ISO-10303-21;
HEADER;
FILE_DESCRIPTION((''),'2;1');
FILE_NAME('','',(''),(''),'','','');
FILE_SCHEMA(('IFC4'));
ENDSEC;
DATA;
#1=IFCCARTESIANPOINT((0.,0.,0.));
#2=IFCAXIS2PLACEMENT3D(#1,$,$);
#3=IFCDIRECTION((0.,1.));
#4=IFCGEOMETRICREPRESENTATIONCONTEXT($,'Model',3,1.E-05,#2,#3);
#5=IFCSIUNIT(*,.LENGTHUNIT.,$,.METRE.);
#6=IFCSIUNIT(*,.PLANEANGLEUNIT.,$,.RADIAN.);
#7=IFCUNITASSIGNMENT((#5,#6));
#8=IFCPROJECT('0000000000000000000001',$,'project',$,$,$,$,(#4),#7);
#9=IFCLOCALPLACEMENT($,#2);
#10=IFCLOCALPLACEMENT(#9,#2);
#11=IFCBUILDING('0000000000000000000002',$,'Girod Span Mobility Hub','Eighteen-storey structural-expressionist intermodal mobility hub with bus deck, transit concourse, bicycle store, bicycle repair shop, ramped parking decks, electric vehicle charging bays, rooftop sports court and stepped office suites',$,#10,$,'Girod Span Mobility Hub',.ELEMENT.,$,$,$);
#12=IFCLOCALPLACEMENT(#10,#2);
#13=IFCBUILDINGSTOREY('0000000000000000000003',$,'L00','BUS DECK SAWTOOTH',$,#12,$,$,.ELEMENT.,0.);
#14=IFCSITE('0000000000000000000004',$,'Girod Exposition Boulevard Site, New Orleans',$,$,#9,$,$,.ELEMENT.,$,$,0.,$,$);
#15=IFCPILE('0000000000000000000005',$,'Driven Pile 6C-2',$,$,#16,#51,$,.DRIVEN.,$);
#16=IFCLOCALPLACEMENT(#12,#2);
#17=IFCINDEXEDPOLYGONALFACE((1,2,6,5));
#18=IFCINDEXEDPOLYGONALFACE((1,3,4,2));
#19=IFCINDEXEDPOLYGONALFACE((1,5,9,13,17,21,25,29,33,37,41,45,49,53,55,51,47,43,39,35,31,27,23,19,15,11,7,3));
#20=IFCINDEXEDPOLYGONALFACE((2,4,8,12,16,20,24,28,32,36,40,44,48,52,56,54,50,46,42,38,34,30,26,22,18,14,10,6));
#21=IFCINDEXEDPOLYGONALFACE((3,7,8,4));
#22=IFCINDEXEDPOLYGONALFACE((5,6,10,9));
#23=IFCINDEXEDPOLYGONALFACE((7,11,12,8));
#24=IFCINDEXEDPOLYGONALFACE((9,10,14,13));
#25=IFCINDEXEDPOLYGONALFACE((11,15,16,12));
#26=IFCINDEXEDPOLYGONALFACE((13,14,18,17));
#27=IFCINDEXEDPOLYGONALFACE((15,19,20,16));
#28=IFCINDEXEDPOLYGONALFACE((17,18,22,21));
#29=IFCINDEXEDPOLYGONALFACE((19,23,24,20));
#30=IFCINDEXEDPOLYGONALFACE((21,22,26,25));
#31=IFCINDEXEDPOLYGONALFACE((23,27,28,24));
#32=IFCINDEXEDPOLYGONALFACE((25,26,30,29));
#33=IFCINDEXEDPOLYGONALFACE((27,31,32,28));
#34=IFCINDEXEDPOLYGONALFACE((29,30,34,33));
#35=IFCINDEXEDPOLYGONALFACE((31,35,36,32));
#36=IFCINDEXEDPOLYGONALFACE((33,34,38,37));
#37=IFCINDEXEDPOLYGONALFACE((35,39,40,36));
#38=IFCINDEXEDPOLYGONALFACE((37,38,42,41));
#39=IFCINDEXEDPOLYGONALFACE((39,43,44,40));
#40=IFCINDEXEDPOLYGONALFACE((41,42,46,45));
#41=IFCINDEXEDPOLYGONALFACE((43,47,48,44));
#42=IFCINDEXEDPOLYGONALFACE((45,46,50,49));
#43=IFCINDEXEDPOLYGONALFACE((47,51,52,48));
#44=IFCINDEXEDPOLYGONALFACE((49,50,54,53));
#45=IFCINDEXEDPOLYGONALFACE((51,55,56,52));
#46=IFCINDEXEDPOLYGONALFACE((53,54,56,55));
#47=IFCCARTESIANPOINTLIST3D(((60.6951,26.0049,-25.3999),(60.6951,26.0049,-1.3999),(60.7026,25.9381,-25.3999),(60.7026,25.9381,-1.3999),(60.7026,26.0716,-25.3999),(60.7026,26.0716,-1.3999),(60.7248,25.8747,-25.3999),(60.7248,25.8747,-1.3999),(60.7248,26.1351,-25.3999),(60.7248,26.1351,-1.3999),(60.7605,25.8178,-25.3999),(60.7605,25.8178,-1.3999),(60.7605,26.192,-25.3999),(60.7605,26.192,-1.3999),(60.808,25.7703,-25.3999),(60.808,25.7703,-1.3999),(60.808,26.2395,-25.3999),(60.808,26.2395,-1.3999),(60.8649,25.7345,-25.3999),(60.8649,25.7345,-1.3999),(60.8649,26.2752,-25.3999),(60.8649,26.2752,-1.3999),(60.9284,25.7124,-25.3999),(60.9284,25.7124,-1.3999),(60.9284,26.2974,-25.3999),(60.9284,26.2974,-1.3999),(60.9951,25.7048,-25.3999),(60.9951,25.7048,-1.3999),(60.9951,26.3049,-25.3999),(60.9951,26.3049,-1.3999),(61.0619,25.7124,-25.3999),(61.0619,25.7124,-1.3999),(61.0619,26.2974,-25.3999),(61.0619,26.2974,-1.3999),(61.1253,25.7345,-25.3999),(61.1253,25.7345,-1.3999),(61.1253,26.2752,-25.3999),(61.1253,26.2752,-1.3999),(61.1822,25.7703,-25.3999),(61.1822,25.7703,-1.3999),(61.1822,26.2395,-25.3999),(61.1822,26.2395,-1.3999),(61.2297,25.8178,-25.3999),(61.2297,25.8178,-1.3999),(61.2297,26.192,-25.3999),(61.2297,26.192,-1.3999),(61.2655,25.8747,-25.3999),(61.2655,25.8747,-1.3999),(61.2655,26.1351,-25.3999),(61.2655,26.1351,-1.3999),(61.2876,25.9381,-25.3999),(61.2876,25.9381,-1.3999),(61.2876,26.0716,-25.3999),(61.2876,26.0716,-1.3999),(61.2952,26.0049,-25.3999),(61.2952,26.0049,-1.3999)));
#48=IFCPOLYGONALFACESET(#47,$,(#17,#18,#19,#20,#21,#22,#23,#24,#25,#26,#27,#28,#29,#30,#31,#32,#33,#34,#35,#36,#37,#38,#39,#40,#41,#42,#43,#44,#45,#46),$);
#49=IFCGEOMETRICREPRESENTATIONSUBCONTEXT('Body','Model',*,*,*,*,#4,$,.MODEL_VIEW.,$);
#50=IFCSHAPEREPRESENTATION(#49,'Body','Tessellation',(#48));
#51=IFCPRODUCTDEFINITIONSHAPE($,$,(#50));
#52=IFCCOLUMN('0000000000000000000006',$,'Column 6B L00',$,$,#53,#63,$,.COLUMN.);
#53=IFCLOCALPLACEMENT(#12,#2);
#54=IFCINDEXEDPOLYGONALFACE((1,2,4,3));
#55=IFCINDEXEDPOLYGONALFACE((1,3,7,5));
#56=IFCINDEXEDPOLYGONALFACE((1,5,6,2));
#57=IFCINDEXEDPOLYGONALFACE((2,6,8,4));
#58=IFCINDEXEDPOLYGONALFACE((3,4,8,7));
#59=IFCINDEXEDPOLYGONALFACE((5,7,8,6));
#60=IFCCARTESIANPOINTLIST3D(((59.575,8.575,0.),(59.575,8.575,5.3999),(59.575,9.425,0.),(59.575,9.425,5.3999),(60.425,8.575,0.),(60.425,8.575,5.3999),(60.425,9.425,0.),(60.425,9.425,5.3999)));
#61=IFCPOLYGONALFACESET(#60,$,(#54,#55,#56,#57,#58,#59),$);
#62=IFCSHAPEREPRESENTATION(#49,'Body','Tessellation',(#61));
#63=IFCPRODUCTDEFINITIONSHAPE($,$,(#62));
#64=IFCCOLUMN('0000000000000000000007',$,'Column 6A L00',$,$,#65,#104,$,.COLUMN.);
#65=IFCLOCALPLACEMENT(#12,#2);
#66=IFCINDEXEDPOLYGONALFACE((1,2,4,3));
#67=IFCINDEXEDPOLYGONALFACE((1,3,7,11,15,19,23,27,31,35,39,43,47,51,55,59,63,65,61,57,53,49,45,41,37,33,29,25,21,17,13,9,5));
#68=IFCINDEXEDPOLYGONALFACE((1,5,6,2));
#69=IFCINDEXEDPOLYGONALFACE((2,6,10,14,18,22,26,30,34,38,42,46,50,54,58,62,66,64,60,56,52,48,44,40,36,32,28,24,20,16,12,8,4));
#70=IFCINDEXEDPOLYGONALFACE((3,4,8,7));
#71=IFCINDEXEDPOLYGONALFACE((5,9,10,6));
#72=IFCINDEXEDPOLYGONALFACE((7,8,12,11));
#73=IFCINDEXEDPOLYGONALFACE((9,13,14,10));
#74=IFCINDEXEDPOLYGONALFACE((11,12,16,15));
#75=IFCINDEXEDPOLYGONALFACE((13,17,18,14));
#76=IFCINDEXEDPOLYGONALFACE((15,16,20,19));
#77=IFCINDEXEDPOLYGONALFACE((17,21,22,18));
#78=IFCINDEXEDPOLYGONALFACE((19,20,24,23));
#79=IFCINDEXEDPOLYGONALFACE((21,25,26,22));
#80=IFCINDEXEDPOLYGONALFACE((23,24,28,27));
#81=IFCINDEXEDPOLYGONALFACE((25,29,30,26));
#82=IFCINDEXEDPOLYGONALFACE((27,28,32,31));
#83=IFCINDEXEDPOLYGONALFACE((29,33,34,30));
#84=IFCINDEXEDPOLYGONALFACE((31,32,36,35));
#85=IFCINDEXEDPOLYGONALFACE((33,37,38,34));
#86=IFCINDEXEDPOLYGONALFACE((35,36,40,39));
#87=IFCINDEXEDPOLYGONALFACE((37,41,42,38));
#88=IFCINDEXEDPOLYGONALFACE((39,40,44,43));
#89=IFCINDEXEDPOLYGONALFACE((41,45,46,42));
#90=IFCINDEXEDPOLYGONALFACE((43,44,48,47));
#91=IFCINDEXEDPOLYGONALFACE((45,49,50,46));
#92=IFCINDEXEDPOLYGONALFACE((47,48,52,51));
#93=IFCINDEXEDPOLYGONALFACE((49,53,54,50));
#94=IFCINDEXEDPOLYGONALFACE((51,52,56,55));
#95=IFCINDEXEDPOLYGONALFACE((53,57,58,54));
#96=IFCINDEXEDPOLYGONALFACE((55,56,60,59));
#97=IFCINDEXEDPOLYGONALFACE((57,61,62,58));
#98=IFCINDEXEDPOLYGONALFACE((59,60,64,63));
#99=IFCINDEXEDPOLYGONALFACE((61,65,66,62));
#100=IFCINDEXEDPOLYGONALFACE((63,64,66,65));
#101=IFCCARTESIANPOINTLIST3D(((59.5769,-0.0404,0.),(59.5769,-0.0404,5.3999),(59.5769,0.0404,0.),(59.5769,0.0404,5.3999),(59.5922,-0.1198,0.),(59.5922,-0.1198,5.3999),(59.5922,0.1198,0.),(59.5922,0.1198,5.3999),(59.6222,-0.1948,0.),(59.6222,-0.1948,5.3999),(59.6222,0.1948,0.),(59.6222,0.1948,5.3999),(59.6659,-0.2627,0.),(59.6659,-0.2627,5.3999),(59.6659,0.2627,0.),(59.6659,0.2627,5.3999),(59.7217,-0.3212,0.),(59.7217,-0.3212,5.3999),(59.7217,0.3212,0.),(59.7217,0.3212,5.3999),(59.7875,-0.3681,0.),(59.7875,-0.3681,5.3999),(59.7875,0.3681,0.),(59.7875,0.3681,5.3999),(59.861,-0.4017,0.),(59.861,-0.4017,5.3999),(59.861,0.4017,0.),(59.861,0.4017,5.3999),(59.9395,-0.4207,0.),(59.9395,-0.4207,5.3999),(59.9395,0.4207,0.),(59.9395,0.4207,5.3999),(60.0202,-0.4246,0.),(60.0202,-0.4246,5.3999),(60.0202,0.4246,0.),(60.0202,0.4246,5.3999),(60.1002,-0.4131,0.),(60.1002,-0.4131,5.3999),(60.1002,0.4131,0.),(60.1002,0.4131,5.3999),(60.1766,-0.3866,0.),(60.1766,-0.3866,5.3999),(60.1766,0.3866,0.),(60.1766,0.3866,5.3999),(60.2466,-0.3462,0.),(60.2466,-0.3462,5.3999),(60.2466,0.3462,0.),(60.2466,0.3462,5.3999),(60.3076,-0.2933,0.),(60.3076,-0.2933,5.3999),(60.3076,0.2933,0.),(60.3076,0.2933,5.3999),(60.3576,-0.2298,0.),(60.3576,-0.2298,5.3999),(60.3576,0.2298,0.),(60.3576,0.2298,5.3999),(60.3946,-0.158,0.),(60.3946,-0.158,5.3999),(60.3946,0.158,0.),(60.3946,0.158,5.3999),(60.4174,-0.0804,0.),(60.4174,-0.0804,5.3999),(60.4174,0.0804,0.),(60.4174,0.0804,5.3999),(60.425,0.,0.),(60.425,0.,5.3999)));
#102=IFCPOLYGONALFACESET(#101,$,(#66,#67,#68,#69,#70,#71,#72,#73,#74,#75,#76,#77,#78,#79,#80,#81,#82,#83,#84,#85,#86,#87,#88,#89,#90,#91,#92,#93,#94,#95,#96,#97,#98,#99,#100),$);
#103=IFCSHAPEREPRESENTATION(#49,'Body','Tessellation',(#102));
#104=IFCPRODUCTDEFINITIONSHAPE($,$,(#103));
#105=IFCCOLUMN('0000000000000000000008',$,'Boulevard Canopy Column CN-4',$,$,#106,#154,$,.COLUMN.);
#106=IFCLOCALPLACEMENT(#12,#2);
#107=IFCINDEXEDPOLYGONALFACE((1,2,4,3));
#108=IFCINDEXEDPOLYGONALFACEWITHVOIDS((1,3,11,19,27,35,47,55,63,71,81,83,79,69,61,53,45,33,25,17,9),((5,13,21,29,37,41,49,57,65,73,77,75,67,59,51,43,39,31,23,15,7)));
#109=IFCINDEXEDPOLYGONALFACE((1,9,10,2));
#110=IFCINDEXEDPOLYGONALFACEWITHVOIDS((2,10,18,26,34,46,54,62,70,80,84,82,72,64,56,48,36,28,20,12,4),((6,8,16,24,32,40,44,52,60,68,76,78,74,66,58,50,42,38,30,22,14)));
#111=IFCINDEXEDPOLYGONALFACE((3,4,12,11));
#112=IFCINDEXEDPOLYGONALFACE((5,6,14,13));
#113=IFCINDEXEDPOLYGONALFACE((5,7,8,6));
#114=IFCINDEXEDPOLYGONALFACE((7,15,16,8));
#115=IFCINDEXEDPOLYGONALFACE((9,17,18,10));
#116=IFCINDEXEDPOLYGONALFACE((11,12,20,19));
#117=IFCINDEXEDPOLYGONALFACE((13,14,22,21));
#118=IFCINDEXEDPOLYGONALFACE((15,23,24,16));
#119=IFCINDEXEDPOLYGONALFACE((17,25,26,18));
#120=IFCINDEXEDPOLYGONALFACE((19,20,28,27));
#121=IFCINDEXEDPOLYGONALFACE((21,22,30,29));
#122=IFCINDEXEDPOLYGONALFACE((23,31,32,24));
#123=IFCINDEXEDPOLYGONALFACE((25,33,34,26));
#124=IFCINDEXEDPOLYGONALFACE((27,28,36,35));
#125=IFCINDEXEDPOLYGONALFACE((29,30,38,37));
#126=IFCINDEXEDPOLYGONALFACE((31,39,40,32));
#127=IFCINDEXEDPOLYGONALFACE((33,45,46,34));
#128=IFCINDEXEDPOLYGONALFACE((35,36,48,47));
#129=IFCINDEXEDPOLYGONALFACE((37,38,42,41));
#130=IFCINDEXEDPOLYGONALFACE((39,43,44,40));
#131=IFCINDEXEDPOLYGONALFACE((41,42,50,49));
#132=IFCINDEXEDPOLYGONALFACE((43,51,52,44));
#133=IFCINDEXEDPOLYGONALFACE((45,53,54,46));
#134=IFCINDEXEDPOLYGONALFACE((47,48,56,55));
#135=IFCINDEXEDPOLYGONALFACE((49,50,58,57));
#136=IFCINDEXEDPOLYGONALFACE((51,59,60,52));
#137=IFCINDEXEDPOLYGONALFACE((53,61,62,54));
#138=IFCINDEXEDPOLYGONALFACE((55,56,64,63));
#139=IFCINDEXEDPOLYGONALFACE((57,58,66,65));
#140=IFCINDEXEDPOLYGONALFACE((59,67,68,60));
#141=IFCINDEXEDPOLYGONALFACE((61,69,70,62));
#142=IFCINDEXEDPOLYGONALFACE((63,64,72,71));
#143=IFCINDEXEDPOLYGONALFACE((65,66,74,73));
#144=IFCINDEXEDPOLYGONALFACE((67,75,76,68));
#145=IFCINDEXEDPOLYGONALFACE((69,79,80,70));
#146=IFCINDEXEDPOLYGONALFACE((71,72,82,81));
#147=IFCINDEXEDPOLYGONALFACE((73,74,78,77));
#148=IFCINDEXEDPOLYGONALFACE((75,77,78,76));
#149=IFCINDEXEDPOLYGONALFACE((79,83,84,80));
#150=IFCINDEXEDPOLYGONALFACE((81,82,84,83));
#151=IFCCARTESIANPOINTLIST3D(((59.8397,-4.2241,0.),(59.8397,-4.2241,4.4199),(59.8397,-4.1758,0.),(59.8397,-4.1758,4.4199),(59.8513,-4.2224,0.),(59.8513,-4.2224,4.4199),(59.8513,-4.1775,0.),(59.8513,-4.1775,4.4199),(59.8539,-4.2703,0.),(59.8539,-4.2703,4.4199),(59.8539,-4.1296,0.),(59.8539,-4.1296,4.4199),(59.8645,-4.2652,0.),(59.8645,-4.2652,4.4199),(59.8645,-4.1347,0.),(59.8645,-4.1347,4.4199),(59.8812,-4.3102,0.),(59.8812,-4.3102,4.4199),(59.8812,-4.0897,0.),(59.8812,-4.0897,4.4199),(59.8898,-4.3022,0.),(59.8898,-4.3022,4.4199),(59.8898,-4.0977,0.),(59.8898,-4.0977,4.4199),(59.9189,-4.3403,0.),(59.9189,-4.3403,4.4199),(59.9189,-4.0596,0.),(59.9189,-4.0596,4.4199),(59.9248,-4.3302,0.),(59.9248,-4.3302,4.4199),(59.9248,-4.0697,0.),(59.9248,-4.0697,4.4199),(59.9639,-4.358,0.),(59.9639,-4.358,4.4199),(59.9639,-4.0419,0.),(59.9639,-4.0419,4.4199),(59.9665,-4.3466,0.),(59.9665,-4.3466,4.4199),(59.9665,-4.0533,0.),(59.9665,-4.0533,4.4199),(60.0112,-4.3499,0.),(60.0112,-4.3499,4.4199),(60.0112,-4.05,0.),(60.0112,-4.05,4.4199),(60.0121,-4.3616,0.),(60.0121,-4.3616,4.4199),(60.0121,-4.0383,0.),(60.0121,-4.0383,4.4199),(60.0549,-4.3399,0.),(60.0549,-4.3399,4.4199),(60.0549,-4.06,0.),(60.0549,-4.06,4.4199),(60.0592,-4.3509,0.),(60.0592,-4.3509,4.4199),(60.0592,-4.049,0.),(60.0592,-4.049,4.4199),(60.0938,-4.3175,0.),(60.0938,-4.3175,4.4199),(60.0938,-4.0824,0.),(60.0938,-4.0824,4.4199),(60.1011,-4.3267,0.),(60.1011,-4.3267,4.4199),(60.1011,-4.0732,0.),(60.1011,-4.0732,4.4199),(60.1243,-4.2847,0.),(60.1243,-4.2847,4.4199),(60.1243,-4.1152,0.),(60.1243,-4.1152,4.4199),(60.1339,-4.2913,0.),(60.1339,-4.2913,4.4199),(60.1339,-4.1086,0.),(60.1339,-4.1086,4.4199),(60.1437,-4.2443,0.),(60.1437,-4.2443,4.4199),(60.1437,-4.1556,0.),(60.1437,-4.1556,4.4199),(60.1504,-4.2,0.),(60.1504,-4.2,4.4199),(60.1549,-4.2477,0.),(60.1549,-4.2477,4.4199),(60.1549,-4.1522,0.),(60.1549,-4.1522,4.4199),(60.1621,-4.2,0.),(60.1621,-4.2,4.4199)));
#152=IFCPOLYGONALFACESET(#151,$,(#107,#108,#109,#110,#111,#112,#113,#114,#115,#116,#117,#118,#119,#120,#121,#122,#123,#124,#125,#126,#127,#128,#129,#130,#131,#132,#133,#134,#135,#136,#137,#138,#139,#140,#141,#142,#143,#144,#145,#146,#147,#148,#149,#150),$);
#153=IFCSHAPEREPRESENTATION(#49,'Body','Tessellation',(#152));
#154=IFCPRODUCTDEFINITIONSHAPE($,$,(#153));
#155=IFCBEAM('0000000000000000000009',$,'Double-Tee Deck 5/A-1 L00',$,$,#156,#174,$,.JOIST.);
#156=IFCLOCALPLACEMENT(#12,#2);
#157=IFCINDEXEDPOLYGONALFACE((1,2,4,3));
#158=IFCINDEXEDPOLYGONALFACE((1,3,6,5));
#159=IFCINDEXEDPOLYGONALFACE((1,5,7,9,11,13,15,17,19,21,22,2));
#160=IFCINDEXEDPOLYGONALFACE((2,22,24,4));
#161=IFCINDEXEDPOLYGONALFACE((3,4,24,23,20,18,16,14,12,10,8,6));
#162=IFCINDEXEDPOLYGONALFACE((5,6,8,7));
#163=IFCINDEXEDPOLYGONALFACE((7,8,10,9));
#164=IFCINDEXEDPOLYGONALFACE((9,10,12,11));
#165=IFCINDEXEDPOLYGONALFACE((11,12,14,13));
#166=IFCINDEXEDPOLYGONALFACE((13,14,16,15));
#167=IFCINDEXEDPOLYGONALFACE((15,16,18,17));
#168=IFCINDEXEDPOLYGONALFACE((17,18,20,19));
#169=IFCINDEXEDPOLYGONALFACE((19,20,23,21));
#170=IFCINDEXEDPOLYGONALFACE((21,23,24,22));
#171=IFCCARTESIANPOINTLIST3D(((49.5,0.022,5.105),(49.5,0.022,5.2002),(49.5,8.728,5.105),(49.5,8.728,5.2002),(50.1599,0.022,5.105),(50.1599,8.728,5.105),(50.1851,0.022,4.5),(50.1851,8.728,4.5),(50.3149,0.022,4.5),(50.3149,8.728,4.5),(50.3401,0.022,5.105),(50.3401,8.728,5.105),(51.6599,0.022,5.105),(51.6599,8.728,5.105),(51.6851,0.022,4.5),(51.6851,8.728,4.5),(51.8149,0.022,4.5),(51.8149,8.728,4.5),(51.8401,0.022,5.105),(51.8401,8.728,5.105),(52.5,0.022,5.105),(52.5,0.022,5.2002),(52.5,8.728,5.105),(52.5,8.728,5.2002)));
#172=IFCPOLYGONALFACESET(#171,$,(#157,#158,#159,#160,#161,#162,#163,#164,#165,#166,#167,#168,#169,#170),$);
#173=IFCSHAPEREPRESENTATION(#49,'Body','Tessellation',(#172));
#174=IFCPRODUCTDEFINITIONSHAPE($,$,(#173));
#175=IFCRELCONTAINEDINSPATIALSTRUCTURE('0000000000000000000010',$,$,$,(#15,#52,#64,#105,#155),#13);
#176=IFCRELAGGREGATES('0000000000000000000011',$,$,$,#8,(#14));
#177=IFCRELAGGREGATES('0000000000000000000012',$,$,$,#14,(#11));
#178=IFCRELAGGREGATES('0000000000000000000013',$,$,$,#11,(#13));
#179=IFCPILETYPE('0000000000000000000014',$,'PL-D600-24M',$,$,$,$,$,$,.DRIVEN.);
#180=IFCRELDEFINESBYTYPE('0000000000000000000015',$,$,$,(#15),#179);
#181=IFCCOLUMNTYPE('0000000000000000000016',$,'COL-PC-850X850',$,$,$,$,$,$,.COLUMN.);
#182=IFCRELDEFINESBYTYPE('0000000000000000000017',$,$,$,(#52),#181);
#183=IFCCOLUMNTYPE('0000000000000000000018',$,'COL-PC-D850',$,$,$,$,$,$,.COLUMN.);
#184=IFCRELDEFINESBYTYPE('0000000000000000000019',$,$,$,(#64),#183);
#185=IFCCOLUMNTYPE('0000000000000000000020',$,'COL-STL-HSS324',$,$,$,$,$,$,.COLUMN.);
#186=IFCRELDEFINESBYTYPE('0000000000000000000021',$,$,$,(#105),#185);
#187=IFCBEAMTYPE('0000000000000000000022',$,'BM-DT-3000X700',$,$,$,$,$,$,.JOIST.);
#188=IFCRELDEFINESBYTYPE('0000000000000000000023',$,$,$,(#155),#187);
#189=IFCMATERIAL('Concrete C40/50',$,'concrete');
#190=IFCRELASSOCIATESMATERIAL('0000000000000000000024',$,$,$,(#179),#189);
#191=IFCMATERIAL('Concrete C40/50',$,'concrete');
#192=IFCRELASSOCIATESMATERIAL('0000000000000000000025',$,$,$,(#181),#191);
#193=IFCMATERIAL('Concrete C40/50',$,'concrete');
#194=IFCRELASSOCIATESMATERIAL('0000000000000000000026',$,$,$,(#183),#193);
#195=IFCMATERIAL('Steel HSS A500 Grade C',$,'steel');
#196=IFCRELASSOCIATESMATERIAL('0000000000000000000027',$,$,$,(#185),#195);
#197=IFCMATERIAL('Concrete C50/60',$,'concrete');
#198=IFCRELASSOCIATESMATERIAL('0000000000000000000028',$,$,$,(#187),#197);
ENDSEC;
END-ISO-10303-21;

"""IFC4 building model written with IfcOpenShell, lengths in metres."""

from ifc_helpers import new_model, si_unit, direction, frame, origin, origin_2d, place, context, subcontext, project, spatial, polyline, rectangle, circle, hollow_circle, outline, extrude, material, material_profile, profile_set, type_object, element, save


model = new_model("IFC4")

# Units and contexts
model_context = context("Model", 3, precision=1e-05, world=origin(), true_north=direction((0.0, 1.0)))
body_context = subcontext(model_context, "Body", "Model", "MODEL_VIEW")
ifc_project = project(units=[si_unit("LENGTHUNIT", "METRE"), si_unit("PLANEANGLEUNIT", "RADIAN")], contexts=[model_context])

# Site, building, storey
site_placement = place(None, origin())
site = spatial("IfcSite", under=ifc_project, at=site_placement, Name="Girod Exposition Boulevard Site, New Orleans", CompositionType="ELEMENT", RefElevation=0.0)
building_placement = place(site_placement, origin())
building = spatial("IfcBuilding", under=site, at=building_placement, Name="Girod Span Mobility Hub", Description="Eighteen-storey structural-expressionist intermodal mobility hub with bus deck, transit concourse, bicycle store, bicycle repair shop, ramped parking decks, electric vehicle charging bays, rooftop sports court and stepped office suites", LongName="Girod Span Mobility Hub", CompositionType="ELEMENT")
storey_placement = place(building_placement, origin())
storey = spatial("IfcBuildingStorey", under=building, at=storey_placement, Name="L00", Description="BUS DECK SAWTOOTH", CompositionType="ELEMENT", Elevation=0.0)

# Pile
ifc_material_1 = material(Name="Concrete C40/50", Category="concrete")
ifc_material_profile_1 = material_profile(ifc_material_1, circle(Radius=0.3, at=origin_2d()), Name="PILE-D600")
ifc_profile_set_1 = profile_set([ifc_material_profile_1], Name="Concrete C40/50")
pile_type_1 = type_object("IfcPileType", Name="PL-D600-24M", PredefinedType="DRIVEN", material=ifc_profile_set_1)
for number, where, z_axis, x_axis, name in (
    (1, (60.9951, 26.0049, -1.3999), (0.0, 0.0, -1.0), (1.0, 0.0, 0.0), "Driven Pile 6C-2"),
):
    element("IfcPile", number, at=place(storey_placement, frame(where, z_axis=z_axis, x_axis=x_axis)), inside=storey, type_object=pile_type_1, Name=name, PredefinedType="DRIVEN", context=body_context, shape_type="SweptSolid", body=[
        extrude(circle(Radius=0.3, at=origin_2d()), origin(), (0.0, 0.0, 1.0), 24.0),
    ])

# Columns
ifc_material_2 = material(Name="Concrete C40/50", Category="concrete")
ifc_material_profile_2 = material_profile(ifc_material_2, rectangle(XDim=0.8501, YDim=0.8501, at=origin_2d()), Name="PC-COL-850X850")
ifc_profile_set_2 = profile_set([ifc_material_profile_2], Name="Concrete C40/50")
column_type_1 = type_object("IfcColumnType", Name="COL-PC-850X850", PredefinedType="COLUMN", material=ifc_profile_set_2)
column_1_placement = place(storey_placement, frame((60.0, 9.0, 0.0), z_axis=(0.0, 0.0, 1.0), x_axis=(1.0, 0.0, 0.0)))
element("IfcColumn", 2, at=column_1_placement, inside=storey, type_object=column_type_1, Name="Column 6B L00", PredefinedType="COLUMN", context=body_context, shape_type="SweptSolid", body=[
    extrude(rectangle(XDim=0.8501, YDim=0.8501, at=origin_2d()), origin(), (0.0, 0.0, 1.0), 5.3999),
])
ifc_material_3 = material(Name="Concrete C40/50", Category="concrete")
ifc_material_profile_3 = material_profile(ifc_material_3, circle(Radius=0.425, at=origin_2d()), Name="PC-CIR-D850")
ifc_profile_set_3 = profile_set([ifc_material_profile_3], Name="Concrete C40/50")
column_type_2 = type_object("IfcColumnType", Name="COL-PC-D850", PredefinedType="COLUMN", material=ifc_profile_set_3)
column_2_placement = place(storey_placement, frame((60.0, 0.0, 0.0), z_axis=(0.0, 0.0, 1.0), x_axis=(1.0, 0.0, 0.0)))
element("IfcColumn", 3, at=column_2_placement, inside=storey, type_object=column_type_2, Name="Column 6A L00", PredefinedType="COLUMN", context=body_context, shape_type="SweptSolid", body=[
    extrude(circle(Radius=0.425, at=origin_2d()), origin(), (0.0, 0.0, 1.0), 5.3999),
])
ifc_material_4 = material(Name="Steel HSS A500 Grade C", Category="steel")
ifc_material_profile_4 = material_profile(ifc_material_4, hollow_circle(Radius=0.1621, WallThickness=0.0117, at=origin_2d()), Name="HSS324X12.7")
ifc_profile_set_4 = profile_set([ifc_material_profile_4], Name="Steel HSS A500 Grade C")
column_type_3 = type_object("IfcColumnType", Name="COL-STL-HSS324", PredefinedType="COLUMN", material=ifc_profile_set_4)
column_3_placement = place(storey_placement, frame((60.0, -4.2, 0.0), z_axis=(0.0, 0.0, 1.0), x_axis=(1.0, 0.0, 0.0)))
element("IfcColumn", 4, at=column_3_placement, inside=storey, type_object=column_type_3, Name="Boulevard Canopy Column CN-4", PredefinedType="COLUMN", context=body_context, shape_type="SweptSolid", body=[
    extrude(hollow_circle(Radius=0.1621, WallThickness=0.0117, at=origin_2d()), origin(), (0.0, 0.0, 1.0), 4.4199),
])

# Beam
ifc_material_5 = material(Name="Concrete C50/60", Category="concrete")
ifc_material_profile_5 = material_profile(ifc_material_5, outline(polyline([(-1.5, 0.3501), (-1.5, 0.2549), (-0.8401, 0.2549), (-0.8149, -0.3501), (-0.6851, -0.3501), (-0.6599, 0.2549), (0.6599, 0.2549), (0.6851, -0.3501), (0.8149, -0.3501), (0.8401, 0.2549), (1.5, 0.2549), (1.5, 0.3501), (-1.5, 0.3501)])), Name="DT-3000X700")
ifc_profile_set_5 = profile_set([ifc_material_profile_5], Name="Concrete C50/60")
beam_type_1 = type_object("IfcBeamType", Name="BM-DT-3000X700", PredefinedType="JOIST", material=ifc_profile_set_5)
for number, where, z_axis, x_axis, name in (
    (5, (51.0, 0.022, 4.8501), (0.0, 1.0, 0.0), (-1.0, 0.0, 0.0), "Double-Tee Deck 5/A-1 L00"),
):
    element("IfcBeam", number, at=place(storey_placement, frame(where, z_axis=z_axis, x_axis=x_axis)), inside=storey, type_object=beam_type_1, Name=name, PredefinedType="JOIST", context=body_context, shape_type="SweptSolid", body=[
        extrude(outline(polyline([(-1.5, 0.3501), (-1.5, 0.2549), (-0.8401, 0.2549), (-0.8149, -0.3501), (-0.6851, -0.3501), (-0.6599, 0.2549), (0.6599, 0.2549), (0.6851, -0.3501), (0.8149, -0.3501), (0.8401, 0.2549), (1.5, 0.2549), (1.5, 0.3501), (-1.5, 0.3501)])), origin(), (0.0, 0.0, 1.0), 8.7061),
    ])

save(model, "model.ifc")
